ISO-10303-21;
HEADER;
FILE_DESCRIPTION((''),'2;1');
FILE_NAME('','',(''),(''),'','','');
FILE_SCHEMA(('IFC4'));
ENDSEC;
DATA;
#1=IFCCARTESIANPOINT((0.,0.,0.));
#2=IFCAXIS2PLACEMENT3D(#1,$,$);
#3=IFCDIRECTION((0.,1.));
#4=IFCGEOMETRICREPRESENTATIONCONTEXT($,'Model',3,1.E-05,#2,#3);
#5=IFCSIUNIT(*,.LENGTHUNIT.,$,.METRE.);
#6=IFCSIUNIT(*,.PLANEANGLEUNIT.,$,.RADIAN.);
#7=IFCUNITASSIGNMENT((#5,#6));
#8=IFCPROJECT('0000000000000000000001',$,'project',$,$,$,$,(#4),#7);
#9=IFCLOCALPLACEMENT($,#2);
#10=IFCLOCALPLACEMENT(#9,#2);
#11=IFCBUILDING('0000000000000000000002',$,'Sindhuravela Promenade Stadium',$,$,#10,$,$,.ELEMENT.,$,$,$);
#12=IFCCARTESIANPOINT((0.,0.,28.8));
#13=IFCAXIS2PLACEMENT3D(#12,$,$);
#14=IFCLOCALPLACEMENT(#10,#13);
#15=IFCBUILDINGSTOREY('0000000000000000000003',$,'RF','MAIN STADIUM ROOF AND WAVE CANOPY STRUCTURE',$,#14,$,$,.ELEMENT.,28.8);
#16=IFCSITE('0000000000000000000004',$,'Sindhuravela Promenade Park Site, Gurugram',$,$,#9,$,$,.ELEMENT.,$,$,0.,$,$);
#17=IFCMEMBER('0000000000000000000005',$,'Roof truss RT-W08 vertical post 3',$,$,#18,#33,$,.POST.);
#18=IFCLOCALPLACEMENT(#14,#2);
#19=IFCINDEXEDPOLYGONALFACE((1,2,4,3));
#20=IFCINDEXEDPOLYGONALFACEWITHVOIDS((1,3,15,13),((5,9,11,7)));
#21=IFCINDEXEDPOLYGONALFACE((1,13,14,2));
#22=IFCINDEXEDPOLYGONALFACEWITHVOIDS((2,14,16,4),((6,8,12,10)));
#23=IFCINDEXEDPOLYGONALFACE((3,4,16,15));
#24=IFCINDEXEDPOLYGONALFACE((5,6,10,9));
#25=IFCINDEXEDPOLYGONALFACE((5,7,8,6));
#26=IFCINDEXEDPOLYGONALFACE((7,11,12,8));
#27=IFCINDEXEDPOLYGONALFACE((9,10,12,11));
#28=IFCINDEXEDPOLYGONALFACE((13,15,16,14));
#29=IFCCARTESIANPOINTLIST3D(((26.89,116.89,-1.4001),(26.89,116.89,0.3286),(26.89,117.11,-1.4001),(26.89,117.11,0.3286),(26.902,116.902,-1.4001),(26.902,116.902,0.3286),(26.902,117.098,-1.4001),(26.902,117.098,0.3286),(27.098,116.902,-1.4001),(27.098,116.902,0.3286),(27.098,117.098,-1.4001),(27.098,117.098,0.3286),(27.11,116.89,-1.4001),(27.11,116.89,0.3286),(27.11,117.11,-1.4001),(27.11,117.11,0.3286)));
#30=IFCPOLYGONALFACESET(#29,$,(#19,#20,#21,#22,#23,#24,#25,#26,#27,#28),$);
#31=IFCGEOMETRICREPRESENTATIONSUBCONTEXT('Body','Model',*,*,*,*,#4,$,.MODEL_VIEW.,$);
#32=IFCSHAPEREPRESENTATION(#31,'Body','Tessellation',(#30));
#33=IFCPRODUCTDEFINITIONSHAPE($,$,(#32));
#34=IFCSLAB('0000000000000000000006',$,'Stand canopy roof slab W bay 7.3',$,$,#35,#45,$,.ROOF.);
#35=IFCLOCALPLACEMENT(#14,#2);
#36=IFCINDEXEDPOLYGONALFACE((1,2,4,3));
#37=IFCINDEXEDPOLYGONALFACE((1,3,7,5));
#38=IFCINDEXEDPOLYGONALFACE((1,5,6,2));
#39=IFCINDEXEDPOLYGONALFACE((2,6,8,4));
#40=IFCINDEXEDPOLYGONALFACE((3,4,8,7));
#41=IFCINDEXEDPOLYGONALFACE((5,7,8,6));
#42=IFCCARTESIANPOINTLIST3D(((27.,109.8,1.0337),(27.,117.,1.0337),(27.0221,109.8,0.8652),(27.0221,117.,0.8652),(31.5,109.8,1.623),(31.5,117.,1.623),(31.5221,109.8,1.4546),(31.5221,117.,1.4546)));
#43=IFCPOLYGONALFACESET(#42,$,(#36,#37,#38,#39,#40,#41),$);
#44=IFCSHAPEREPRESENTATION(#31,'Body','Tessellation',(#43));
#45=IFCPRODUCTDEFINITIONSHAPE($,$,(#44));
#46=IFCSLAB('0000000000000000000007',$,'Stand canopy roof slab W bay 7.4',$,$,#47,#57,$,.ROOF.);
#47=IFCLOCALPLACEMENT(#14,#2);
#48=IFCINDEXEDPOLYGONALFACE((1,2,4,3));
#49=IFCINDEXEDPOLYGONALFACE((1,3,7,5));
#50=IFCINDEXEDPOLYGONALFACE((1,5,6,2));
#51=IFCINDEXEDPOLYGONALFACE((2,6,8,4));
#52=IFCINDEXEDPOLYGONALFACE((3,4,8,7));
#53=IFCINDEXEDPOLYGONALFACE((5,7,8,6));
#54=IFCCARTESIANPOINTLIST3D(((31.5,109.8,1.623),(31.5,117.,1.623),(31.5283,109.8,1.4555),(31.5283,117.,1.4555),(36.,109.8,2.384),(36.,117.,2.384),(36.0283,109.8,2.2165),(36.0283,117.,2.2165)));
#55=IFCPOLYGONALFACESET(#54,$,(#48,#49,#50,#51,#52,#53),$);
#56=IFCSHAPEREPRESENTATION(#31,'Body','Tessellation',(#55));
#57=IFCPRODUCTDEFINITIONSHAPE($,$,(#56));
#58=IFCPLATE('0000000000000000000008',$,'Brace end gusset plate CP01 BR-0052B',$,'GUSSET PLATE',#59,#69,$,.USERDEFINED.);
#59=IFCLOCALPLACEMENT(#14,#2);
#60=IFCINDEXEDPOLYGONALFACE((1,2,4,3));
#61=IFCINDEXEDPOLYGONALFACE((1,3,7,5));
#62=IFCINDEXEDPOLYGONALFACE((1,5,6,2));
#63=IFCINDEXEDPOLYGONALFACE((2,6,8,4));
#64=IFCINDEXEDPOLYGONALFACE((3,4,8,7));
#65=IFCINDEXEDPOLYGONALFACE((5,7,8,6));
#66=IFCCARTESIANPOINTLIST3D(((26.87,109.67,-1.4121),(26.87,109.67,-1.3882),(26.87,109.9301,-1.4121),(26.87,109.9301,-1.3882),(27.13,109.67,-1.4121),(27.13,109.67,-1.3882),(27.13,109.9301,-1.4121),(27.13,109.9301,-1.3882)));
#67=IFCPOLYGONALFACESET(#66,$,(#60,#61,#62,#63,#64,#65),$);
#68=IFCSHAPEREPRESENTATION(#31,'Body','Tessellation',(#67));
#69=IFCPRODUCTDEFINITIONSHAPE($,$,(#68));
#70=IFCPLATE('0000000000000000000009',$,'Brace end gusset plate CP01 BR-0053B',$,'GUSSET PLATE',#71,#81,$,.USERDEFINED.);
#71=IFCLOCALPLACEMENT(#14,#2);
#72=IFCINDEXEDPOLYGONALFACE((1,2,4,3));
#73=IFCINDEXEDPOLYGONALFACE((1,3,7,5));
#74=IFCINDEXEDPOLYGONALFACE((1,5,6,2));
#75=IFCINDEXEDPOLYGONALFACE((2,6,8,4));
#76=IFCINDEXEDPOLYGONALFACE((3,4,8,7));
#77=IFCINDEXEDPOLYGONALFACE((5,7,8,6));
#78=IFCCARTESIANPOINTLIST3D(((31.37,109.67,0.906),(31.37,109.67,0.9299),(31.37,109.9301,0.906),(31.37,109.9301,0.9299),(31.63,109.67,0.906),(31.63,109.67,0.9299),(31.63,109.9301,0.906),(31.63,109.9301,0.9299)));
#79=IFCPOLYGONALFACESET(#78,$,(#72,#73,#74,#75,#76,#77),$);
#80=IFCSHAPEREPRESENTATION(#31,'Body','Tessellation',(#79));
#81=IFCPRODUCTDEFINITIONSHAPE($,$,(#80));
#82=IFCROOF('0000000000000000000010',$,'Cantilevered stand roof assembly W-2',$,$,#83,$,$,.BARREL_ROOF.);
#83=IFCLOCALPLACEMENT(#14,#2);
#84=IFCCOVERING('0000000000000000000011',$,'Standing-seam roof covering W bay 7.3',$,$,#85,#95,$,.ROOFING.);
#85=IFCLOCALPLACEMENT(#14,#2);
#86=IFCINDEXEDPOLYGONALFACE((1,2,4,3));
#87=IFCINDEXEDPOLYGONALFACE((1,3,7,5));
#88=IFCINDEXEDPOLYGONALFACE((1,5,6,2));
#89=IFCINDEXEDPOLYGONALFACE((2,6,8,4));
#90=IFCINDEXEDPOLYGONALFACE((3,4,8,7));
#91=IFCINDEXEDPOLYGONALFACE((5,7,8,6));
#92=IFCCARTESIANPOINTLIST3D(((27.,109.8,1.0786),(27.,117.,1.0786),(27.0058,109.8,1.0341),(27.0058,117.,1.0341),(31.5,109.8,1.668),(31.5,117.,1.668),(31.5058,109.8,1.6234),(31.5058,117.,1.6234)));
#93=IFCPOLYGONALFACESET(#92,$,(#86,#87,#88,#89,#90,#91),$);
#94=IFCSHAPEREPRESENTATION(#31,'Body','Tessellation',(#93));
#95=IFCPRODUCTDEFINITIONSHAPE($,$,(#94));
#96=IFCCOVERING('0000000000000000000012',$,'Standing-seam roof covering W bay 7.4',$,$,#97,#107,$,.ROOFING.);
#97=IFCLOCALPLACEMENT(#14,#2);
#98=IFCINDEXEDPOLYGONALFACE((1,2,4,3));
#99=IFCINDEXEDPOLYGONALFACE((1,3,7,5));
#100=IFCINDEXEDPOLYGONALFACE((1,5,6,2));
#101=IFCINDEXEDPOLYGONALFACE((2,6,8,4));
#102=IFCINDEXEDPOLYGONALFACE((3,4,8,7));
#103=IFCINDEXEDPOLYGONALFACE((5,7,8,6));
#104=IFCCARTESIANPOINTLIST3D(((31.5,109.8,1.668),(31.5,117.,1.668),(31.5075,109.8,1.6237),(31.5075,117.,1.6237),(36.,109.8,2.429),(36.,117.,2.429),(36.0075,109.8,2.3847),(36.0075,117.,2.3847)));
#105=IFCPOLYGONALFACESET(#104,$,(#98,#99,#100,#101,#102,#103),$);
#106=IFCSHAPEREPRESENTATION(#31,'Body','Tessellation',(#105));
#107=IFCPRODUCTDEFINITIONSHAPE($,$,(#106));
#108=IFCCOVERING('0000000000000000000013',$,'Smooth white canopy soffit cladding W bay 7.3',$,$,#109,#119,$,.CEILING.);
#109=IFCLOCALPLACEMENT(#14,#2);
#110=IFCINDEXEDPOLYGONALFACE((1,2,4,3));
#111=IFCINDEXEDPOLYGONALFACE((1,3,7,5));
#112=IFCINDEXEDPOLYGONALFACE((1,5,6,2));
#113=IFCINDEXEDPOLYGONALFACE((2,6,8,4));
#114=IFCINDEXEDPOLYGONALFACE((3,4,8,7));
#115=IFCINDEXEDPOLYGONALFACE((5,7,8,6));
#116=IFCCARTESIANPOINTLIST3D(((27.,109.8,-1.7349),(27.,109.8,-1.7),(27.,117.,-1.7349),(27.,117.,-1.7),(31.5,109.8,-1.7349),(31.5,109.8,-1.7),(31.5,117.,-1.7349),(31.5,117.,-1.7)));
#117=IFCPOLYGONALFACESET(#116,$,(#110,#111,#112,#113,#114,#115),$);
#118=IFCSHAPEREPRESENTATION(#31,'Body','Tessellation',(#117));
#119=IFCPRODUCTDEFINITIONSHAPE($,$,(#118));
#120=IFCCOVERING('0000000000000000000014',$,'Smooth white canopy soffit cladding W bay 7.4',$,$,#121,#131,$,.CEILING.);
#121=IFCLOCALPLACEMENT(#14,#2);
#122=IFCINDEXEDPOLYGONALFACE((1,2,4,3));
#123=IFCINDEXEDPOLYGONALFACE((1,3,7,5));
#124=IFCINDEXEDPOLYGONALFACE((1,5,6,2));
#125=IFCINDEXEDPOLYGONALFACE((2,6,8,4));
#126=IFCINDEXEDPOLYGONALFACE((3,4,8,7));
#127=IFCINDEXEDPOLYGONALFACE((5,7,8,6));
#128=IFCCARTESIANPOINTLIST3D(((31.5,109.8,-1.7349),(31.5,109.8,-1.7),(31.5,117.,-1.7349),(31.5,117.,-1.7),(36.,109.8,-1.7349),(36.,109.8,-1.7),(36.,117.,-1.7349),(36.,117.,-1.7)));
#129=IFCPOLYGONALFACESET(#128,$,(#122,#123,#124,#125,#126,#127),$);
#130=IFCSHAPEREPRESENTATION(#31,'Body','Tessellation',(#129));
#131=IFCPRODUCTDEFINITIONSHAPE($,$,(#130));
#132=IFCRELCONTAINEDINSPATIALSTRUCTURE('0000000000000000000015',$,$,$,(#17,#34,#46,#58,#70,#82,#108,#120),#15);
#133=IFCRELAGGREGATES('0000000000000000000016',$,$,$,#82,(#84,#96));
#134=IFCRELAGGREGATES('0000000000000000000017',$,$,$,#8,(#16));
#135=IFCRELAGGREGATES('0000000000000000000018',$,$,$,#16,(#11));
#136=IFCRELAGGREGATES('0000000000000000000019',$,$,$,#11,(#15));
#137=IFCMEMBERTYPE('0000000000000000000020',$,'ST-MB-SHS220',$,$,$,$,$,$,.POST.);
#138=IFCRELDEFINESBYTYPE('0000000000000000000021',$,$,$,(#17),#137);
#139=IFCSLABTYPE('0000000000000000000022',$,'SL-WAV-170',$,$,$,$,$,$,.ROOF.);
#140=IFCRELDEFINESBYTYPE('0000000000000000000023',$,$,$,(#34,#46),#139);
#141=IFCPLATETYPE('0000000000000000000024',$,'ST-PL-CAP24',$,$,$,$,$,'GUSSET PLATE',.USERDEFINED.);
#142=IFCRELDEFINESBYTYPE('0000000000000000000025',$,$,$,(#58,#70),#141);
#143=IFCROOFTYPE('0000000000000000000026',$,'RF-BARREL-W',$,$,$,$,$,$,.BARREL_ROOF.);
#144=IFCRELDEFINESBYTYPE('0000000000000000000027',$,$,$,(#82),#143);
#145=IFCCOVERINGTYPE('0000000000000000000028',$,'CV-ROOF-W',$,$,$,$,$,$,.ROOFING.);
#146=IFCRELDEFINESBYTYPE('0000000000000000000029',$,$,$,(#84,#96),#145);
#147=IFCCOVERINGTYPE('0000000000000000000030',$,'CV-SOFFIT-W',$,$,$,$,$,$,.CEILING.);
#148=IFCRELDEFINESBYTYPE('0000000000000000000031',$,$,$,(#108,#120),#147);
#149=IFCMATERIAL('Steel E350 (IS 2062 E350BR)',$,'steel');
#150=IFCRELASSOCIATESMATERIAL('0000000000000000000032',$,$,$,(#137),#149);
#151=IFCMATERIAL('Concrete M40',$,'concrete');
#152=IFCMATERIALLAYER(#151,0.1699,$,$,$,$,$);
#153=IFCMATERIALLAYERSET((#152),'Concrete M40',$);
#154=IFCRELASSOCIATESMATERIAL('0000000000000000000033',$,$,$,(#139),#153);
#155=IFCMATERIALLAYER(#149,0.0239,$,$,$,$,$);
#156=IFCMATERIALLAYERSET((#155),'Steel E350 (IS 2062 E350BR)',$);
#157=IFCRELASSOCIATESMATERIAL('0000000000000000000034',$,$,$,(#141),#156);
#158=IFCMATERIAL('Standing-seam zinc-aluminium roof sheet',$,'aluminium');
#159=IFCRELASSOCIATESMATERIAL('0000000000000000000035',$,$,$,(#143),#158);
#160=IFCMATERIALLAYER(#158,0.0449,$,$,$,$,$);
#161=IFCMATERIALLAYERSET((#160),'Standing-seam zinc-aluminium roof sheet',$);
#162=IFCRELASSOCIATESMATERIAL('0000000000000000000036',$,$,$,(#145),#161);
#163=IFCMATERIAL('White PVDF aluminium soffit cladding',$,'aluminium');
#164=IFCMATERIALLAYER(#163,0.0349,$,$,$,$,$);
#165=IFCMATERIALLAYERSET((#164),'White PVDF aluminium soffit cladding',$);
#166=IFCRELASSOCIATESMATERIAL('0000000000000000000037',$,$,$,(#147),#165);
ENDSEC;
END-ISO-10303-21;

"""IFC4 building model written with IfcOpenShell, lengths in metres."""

from ifc_helpers import new_model, si_unit, direction, frame, origin, origin_2d, place, context, subcontext, project, spatial, polyline, rectangle, hollow_rectangle, outline, extrude, material, layer, layer_set, material_profile, profile_set, type_object, element, aggregate, save


model = new_model("IFC4")

# Units and contexts
model_context = context("Model", 3, precision=1e-05, world=origin(), true_north=direction((0.0, 1.0)))
body_context = subcontext(model_context, "Body", "Model", "MODEL_VIEW")
ifc_project = project(units=[si_unit("LENGTHUNIT", "METRE"), si_unit("PLANEANGLEUNIT", "RADIAN")], contexts=[model_context])

# Site, building, storey
site_placement = place(None, origin())
site = spatial("IfcSite", under=ifc_project, at=site_placement, Name="Sindhuravela Promenade Park Site, Gurugram", CompositionType="ELEMENT", RefElevation=0.0)
building_placement = place(site_placement, origin())
building = spatial("IfcBuilding", under=site, at=building_placement, Name="Sindhuravela Promenade Stadium", CompositionType="ELEMENT")
storey_placement = place(building_placement, frame((0.0, 0.0, 28.8)))
storey = spatial("IfcBuildingStorey", under=building, at=storey_placement, Name="RF", Description="MAIN STADIUM ROOF AND WAVE CANOPY STRUCTURE", CompositionType="ELEMENT", Elevation=28.8)

# Shared definitions
ifc_material_1 = material(Name="Concrete M40", Category="concrete")
ifc_material_2 = material(Name="Steel E350 (IS 2062 E350BR)", Category="steel")

# Member
ifc_material_profile_1 = material_profile(ifc_material_2, hollow_rectangle(XDim=0.22, YDim=0.22, WallThickness=0.012, at=origin_2d()), Name="SHS 220x220x12")
ifc_profile_set_1 = profile_set([ifc_material_profile_1], Name="Steel E350 (IS 2062 E350BR)")
member_type_1 = type_object("IfcMemberType", Name="ST-MB-SHS220", PredefinedType="POST", material=ifc_profile_set_1)
for number, where, z_axis, x_axis, name in (
    (1, (27.0, 117.0, -1.4001), (0.0, 0.0, 1.0), (1.0, 0.0, 0.0), "Roof truss RT-W08 vertical post 3"),
):
    element("IfcMember", number, at=place(storey_placement, frame(where, z_axis=z_axis, x_axis=x_axis)), inside=storey, type_object=member_type_1, Name=name, PredefinedType="POST", context=body_context, shape_type="SweptSolid", body=[
        extrude(hollow_rectangle(XDim=0.22, YDim=0.22, WallThickness=0.012, at=origin_2d()), origin(), (0.0, 0.0, 1.0), 1.7288),
    ])

# Slabs
ifc_layer_1 = layer(ifc_material_1, 0.1699)
ifc_layer_set_1 = layer_set([ifc_layer_1], Name="Concrete M40")
slab_type = type_object("IfcSlabType", Name="SL-WAV-170", PredefinedType="ROOF", material=ifc_layer_set_1)
slab_1_placement = place(storey_placement, frame((27.0, 109.8, 1.0337), z_axis=(-0.129859, 0.0, 0.991532), x_axis=(0.0, 1.0, 0.0)))
element("IfcSlab", 2, at=slab_1_placement, inside=storey, type_object=slab_type, Name="Stand canopy roof slab W bay 7.3", PredefinedType="ROOF", context=body_context, shape_type="SweptSolid", body=[
    extrude(outline(polyline([(0.0, 0.0), (0.0, -4.5384), (7.2, -4.5384), (7.2, 0.0), (0.0, 0.0)])), origin(), (0.0, 0.0, -1.0), 0.1699),
])
slab_2_placement = place(storey_placement, frame((31.5, 109.8, 1.623), z_axis=(-0.166741, 0.0, 0.986001), x_axis=(0.0, 1.0, 0.0)))
element("IfcSlab", 3, at=slab_2_placement, inside=storey, type_object=slab_type, Name="Stand canopy roof slab W bay 7.4", PredefinedType="ROOF", context=body_context, shape_type="SweptSolid", body=[
    extrude(outline(polyline([(0.0, 0.0), (0.0, -4.5639), (7.2, -4.5639), (7.2, 0.0), (0.0, 0.0)])), origin(), (0.0, 0.0, -1.0), 0.1699),
])

# Plates
ifc_layer_2 = layer(ifc_material_2, 0.0239)
ifc_layer_set_2 = layer_set([ifc_layer_2], Name="Steel E350 (IS 2062 E350BR)")
plate_type = type_object("IfcPlateType", Name="ST-PL-CAP24", ElementType="GUSSET PLATE", PredefinedType="USERDEFINED", material=ifc_layer_set_2)
for number, where, z_axis, x_axis, name in (
    (4, (27.0, 109.8, -1.4121), (0.0, 0.0, 1.0), (1.0, 0.0, 0.0), "Brace end gusset plate CP01 BR-0052B"),
    (5, (31.5, 109.8, 0.906), (0.0, 0.0, 1.0), (1.0, 0.0, 0.0), "Brace end gusset plate CP01 BR-0053B"),
):
    element("IfcPlate", number, at=place(storey_placement, frame(where, z_axis=z_axis, x_axis=x_axis)), inside=storey, type_object=plate_type, Name=name, ObjectType="GUSSET PLATE", PredefinedType="USERDEFINED", context=body_context, shape_type="SweptSolid", body=[
        extrude(rectangle(XDim=0.26, YDim=0.26, at=origin_2d()), origin(), (0.0, 0.0, 1.0), 0.0239),
    ])

# Roof, coverings
ifc_material_3 = material(Name="Standing-seam zinc-aluminium roof sheet", Category="aluminium")
roof_type = type_object("IfcRoofType", Name="RF-BARREL-W", PredefinedType="BARREL_ROOF", material=ifc_material_3)
roof_placement = place(storey_placement, origin())
roof = element("IfcRoof", 6, at=roof_placement, inside=storey, type_object=roof_type, Name="Cantilevered stand roof assembly W-2", PredefinedType="BARREL_ROOF")
ifc_layer_3 = layer(ifc_material_3, 0.0449)
ifc_layer_set_3 = layer_set([ifc_layer_3], Name="Standing-seam zinc-aluminium roof sheet")
covering_type_1 = type_object("IfcCoveringType", Name="CV-ROOF-W", PredefinedType="ROOFING", material=ifc_layer_set_3)
covering_1_placement = place(storey_placement, frame((27.0, 109.8, 1.0786), z_axis=(-0.129859, 0.0, 0.991532), x_axis=(0.0, 1.0, 0.0)))
covering_1 = element("IfcCovering", 7, at=covering_1_placement, type_object=covering_type_1, Name="Standing-seam roof covering W bay 7.3", PredefinedType="ROOFING", context=body_context, shape_type="SweptSolid", body=[
    extrude(outline(polyline([(0.0, 0.0), (0.0, -4.5384), (7.2, -4.5384), (7.2, 0.0), (0.0, 0.0)])), origin(), (0.0, 0.0, -1.0), 0.0449),
])
covering_2_placement = place(storey_placement, frame((31.5, 109.8, 1.668), z_axis=(-0.166741, 0.0, 0.986001), x_axis=(0.0, 1.0, 0.0)))
covering_2 = element("IfcCovering", 8, at=covering_2_placement, type_object=covering_type_1, Name="Standing-seam roof covering W bay 7.4", PredefinedType="ROOFING", context=body_context, shape_type="SweptSolid", body=[
    extrude(outline(polyline([(0.0, 0.0), (0.0, -4.5639), (7.2, -4.5639), (7.2, 0.0), (0.0, 0.0)])), origin(), (0.0, 0.0, -1.0), 0.0449),
])
aggregate(roof, [covering_1, covering_2])

# Coverings
ifc_material_4 = material(Name="White PVDF aluminium soffit cladding", Category="aluminium")
ifc_layer_4 = layer(ifc_material_4, 0.0349)
ifc_layer_set_4 = layer_set([ifc_layer_4], Name="White PVDF aluminium soffit cladding")
covering_type_2 = type_object("IfcCoveringType", Name="CV-SOFFIT-W", PredefinedType="CEILING", material=ifc_layer_set_4)
for number, where, z_axis, x_axis, name in (
    (9, (27.0, 109.8, -1.7), (0.0, 0.0, 1.0), (0.0, 1.0, 0.0), "Smooth white canopy soffit cladding W bay 7.3"),
    (10, (31.5, 109.8, -1.7), (0.0, 0.0, 1.0), (0.0, 1.0, 0.0), "Smooth white canopy soffit cladding W bay 7.4"),
):
    element("IfcCovering", number, at=place(storey_placement, frame(where, z_axis=z_axis, x_axis=x_axis)), inside=storey, type_object=covering_type_2, Name=name, PredefinedType="CEILING", context=body_context, shape_type="SweptSolid", body=[
        extrude(outline(polyline([(0.0, 0.0), (0.0, -4.5), (7.2, -4.5), (7.2, 0.0), (0.0, 0.0)])), origin(), (0.0, 0.0, -1.0), 0.0349),
    ])

save(model, "model.ifc")
